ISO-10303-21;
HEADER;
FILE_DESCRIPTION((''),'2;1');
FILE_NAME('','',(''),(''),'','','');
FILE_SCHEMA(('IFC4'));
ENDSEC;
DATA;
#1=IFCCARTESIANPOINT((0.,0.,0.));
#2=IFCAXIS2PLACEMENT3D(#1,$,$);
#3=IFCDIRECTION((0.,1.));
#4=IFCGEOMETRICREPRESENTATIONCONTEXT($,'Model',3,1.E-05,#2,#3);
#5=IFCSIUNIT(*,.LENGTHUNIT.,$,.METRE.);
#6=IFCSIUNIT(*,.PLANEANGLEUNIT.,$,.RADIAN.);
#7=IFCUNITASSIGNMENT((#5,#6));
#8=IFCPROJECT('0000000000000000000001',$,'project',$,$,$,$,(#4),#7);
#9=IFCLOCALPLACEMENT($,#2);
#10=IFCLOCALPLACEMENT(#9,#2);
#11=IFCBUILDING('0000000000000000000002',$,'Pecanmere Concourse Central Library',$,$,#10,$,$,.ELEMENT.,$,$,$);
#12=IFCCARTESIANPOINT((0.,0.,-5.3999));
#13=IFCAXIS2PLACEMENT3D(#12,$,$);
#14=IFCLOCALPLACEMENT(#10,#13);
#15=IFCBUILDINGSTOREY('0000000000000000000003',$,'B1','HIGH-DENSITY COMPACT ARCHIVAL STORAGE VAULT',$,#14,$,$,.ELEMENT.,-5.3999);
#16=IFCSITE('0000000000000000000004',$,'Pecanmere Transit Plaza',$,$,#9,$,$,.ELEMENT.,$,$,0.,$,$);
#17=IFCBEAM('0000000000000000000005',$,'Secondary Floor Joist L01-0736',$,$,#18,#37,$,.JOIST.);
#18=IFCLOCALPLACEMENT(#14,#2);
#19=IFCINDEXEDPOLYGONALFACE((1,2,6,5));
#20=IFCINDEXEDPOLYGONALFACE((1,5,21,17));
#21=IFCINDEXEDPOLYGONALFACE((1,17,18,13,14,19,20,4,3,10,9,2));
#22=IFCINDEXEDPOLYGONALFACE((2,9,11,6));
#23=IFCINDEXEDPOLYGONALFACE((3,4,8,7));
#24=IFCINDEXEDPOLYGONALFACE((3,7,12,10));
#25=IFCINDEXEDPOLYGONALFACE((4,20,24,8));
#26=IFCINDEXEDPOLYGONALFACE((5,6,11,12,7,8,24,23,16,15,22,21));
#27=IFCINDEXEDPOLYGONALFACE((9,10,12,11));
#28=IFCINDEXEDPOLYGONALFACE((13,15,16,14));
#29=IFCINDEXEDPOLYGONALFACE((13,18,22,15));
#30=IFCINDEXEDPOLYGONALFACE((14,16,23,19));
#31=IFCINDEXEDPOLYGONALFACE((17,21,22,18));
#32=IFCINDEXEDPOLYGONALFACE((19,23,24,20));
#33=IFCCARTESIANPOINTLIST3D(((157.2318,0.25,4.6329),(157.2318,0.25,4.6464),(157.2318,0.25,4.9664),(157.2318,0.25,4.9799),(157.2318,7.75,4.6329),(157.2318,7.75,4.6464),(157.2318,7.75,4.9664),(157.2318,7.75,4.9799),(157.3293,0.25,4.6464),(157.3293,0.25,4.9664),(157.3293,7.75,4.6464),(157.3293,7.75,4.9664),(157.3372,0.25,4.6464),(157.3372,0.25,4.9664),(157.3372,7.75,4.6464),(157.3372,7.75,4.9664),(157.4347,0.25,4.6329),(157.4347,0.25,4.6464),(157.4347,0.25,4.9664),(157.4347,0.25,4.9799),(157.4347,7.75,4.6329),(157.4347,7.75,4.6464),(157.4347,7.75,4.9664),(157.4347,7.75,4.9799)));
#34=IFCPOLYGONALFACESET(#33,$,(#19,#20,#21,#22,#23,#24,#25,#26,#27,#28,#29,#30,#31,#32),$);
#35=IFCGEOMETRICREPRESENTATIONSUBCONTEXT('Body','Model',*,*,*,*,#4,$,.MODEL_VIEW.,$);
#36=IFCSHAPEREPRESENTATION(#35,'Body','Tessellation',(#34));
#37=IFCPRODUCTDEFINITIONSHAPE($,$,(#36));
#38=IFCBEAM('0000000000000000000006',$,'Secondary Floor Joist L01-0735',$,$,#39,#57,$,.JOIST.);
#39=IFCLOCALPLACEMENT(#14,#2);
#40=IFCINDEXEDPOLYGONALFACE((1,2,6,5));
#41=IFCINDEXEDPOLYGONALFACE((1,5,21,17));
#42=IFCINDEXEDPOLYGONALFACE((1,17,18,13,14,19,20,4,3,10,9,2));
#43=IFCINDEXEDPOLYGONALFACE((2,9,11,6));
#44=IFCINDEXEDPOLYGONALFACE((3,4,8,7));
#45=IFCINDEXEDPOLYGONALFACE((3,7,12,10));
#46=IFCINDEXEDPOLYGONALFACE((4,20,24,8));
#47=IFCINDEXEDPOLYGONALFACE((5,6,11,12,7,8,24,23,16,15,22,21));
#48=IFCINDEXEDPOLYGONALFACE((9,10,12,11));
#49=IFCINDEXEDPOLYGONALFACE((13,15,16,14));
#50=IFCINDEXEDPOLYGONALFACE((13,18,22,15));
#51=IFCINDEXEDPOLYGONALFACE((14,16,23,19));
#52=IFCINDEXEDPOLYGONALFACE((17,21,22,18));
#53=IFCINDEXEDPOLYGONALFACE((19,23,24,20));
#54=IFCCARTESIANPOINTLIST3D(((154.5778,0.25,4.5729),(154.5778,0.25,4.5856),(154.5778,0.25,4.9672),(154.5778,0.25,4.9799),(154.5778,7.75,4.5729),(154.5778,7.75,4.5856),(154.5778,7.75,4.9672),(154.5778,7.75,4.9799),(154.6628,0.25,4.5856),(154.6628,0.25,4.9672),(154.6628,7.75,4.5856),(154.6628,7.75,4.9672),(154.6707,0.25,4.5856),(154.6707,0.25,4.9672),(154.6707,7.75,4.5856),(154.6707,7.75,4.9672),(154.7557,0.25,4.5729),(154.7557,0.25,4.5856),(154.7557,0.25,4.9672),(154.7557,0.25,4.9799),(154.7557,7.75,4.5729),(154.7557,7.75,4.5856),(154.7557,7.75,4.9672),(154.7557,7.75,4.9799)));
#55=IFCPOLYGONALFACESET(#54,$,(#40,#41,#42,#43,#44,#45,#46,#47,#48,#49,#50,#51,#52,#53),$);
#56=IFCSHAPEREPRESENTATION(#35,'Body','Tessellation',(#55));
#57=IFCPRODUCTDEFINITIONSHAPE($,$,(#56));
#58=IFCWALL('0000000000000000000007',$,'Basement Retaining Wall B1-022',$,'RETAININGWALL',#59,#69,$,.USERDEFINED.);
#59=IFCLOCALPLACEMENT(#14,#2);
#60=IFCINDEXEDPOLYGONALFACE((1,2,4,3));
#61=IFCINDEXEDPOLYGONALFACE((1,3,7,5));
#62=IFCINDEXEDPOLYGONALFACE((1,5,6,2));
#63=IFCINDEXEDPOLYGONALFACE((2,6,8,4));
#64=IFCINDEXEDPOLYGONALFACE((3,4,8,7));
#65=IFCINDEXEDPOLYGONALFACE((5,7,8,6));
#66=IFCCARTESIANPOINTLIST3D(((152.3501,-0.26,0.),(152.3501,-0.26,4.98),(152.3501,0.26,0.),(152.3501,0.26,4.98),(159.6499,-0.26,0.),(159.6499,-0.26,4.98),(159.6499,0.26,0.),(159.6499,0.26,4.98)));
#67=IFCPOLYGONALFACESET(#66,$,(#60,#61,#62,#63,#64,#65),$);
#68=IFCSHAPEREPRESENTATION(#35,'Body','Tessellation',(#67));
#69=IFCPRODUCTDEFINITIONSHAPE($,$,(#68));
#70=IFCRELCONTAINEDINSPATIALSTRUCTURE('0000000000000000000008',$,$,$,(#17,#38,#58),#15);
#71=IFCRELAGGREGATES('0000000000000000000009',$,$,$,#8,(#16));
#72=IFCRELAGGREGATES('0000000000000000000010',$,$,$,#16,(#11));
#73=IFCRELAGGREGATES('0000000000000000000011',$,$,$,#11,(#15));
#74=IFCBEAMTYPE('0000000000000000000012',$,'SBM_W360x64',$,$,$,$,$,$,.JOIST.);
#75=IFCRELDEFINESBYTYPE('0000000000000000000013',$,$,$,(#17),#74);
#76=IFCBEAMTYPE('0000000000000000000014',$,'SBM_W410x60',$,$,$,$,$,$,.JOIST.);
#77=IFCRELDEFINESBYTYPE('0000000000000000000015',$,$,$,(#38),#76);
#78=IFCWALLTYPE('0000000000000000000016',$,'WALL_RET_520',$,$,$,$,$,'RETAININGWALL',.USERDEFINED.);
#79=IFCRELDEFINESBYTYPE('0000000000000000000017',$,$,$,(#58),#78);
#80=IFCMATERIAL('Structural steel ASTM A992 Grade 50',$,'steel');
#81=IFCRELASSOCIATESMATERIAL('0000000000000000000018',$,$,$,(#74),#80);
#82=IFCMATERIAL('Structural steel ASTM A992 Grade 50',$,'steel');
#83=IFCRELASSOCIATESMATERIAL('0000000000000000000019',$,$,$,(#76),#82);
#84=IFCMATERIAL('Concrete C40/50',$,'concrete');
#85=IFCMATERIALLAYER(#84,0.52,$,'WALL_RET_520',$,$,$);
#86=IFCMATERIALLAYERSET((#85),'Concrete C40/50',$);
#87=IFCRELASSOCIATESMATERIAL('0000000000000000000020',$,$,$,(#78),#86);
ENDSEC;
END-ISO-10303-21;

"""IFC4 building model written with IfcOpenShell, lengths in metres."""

from ifc_helpers import new_model, si_unit, direction, frame, frame_2d, origin, origin_2d, place, context, subcontext, project, spatial, rectangle, i_section, extrude, material, layer, layer_set, material_profile, profile_set, type_object, element, save


model = new_model("IFC4")

# Units and contexts
model_context = context("Model", 3, precision=1e-05, world=origin(), true_north=direction((0.0, 1.0)))
body_context = subcontext(model_context, "Body", "Model", "MODEL_VIEW")
ifc_project = project(units=[si_unit("LENGTHUNIT", "METRE"), si_unit("PLANEANGLEUNIT", "RADIAN")], contexts=[model_context])

# Site, building, storey
site_placement = place(None, origin())
site = spatial("IfcSite", under=ifc_project, at=site_placement, Name="Pecanmere Transit Plaza", CompositionType="ELEMENT", RefElevation=0.0)
building_placement = place(site_placement, origin())
building = spatial("IfcBuilding", under=site, at=building_placement, Name="Pecanmere Concourse Central Library", CompositionType="ELEMENT")
storey_placement = place(building_placement, frame((0.0, 0.0, -5.3999)))
storey = spatial("IfcBuildingStorey", under=building, at=storey_placement, Name="B1", Description="HIGH-DENSITY COMPACT ARCHIVAL STORAGE VAULT", CompositionType="ELEMENT", Elevation=-5.3999)

# Beams
ifc_material_1 = material(Name="Structural steel ASTM A992 Grade 50", Category="steel")
ifc_material_profile_1 = material_profile(ifc_material_1, i_section(OverallWidth=0.2029, OverallDepth=0.3469, WebThickness=0.0078, FlangeThickness=0.0134, at=origin_2d()), Name="W360x64")
ifc_profile_set_1 = profile_set([ifc_material_profile_1], Name="Structural steel ASTM A992 Grade 50")
beam_type_1 = type_object("IfcBeamType", Name="SBM_W360x64", PredefinedType="JOIST", material=ifc_profile_set_1)
beam_1_placement = place(storey_placement, frame((157.3333, 0.25, 4.8064), z_axis=(0.0, 1.0, 0.0), x_axis=(-1.0, 0.0, 0.0)))
element("IfcBeam", 1, at=beam_1_placement, inside=storey, type_object=beam_type_1, Name="Secondary Floor Joist L01-0736", PredefinedType="JOIST", context=body_context, shape_type="SweptSolid", body=[
    extrude(i_section(OverallWidth=0.2029, OverallDepth=0.3469, WebThickness=0.0078, FlangeThickness=0.0134, at=origin_2d()), origin(), (0.0, 0.0, 1.0), 7.5),
])
ifc_material_2 = material(Name="Structural steel ASTM A992 Grade 50", Category="steel")
ifc_material_profile_2 = material_profile(ifc_material_2, i_section(OverallWidth=0.178, OverallDepth=0.407, WebThickness=0.0078, FlangeThickness=0.0127, at=origin_2d()), Name="W410x60")
ifc_profile_set_2 = profile_set([ifc_material_profile_2], Name="Structural steel ASTM A992 Grade 50")
beam_type_2 = type_object("IfcBeamType", Name="SBM_W410x60", PredefinedType="JOIST", material=ifc_profile_set_2)
beam_2_placement = place(storey_placement, frame((154.6667, 0.25, 4.7764), z_axis=(0.0, 1.0, 0.0), x_axis=(-1.0, 0.0, 0.0)))
element("IfcBeam", 2, at=beam_2_placement, inside=storey, type_object=beam_type_2, Name="Secondary Floor Joist L01-0735", PredefinedType="JOIST", context=body_context, shape_type="SweptSolid", body=[
    extrude(i_section(OverallWidth=0.178, OverallDepth=0.407, WebThickness=0.0078, FlangeThickness=0.0127, at=origin_2d()), origin(), (0.0, 0.0, 1.0), 7.5),
])

# Wall
ifc_material_3 = material(Name="Concrete C40/50", Category="concrete")
ifc_layer = layer(ifc_material_3, 0.52, Name="WALL_RET_520")
ifc_layer_set = layer_set([ifc_layer], Name="Concrete C40/50")
wall_type = type_object("IfcWallType", Name="WALL_RET_520", ElementType="RETAININGWALL", PredefinedType="USERDEFINED", material=ifc_layer_set)
wall_placement = place(storey_placement, frame((152.3501, 0.0, 0.0), z_axis=(0.0, 0.0, 1.0), x_axis=(1.0, 0.0, 0.0)))
element("IfcWall", 3, at=wall_placement, inside=storey, type_object=wall_type, Name="Basement Retaining Wall B1-022", ObjectType="RETAININGWALL", PredefinedType="USERDEFINED", context=body_context, shape_type="SweptSolid", body=[
    extrude(rectangle(XDim=7.2998, YDim=0.52, at=frame_2d((3.6499, 0.0))), origin(), (0.0, 0.0, 1.0), 4.98),
])

save(model, "model.ifc")
